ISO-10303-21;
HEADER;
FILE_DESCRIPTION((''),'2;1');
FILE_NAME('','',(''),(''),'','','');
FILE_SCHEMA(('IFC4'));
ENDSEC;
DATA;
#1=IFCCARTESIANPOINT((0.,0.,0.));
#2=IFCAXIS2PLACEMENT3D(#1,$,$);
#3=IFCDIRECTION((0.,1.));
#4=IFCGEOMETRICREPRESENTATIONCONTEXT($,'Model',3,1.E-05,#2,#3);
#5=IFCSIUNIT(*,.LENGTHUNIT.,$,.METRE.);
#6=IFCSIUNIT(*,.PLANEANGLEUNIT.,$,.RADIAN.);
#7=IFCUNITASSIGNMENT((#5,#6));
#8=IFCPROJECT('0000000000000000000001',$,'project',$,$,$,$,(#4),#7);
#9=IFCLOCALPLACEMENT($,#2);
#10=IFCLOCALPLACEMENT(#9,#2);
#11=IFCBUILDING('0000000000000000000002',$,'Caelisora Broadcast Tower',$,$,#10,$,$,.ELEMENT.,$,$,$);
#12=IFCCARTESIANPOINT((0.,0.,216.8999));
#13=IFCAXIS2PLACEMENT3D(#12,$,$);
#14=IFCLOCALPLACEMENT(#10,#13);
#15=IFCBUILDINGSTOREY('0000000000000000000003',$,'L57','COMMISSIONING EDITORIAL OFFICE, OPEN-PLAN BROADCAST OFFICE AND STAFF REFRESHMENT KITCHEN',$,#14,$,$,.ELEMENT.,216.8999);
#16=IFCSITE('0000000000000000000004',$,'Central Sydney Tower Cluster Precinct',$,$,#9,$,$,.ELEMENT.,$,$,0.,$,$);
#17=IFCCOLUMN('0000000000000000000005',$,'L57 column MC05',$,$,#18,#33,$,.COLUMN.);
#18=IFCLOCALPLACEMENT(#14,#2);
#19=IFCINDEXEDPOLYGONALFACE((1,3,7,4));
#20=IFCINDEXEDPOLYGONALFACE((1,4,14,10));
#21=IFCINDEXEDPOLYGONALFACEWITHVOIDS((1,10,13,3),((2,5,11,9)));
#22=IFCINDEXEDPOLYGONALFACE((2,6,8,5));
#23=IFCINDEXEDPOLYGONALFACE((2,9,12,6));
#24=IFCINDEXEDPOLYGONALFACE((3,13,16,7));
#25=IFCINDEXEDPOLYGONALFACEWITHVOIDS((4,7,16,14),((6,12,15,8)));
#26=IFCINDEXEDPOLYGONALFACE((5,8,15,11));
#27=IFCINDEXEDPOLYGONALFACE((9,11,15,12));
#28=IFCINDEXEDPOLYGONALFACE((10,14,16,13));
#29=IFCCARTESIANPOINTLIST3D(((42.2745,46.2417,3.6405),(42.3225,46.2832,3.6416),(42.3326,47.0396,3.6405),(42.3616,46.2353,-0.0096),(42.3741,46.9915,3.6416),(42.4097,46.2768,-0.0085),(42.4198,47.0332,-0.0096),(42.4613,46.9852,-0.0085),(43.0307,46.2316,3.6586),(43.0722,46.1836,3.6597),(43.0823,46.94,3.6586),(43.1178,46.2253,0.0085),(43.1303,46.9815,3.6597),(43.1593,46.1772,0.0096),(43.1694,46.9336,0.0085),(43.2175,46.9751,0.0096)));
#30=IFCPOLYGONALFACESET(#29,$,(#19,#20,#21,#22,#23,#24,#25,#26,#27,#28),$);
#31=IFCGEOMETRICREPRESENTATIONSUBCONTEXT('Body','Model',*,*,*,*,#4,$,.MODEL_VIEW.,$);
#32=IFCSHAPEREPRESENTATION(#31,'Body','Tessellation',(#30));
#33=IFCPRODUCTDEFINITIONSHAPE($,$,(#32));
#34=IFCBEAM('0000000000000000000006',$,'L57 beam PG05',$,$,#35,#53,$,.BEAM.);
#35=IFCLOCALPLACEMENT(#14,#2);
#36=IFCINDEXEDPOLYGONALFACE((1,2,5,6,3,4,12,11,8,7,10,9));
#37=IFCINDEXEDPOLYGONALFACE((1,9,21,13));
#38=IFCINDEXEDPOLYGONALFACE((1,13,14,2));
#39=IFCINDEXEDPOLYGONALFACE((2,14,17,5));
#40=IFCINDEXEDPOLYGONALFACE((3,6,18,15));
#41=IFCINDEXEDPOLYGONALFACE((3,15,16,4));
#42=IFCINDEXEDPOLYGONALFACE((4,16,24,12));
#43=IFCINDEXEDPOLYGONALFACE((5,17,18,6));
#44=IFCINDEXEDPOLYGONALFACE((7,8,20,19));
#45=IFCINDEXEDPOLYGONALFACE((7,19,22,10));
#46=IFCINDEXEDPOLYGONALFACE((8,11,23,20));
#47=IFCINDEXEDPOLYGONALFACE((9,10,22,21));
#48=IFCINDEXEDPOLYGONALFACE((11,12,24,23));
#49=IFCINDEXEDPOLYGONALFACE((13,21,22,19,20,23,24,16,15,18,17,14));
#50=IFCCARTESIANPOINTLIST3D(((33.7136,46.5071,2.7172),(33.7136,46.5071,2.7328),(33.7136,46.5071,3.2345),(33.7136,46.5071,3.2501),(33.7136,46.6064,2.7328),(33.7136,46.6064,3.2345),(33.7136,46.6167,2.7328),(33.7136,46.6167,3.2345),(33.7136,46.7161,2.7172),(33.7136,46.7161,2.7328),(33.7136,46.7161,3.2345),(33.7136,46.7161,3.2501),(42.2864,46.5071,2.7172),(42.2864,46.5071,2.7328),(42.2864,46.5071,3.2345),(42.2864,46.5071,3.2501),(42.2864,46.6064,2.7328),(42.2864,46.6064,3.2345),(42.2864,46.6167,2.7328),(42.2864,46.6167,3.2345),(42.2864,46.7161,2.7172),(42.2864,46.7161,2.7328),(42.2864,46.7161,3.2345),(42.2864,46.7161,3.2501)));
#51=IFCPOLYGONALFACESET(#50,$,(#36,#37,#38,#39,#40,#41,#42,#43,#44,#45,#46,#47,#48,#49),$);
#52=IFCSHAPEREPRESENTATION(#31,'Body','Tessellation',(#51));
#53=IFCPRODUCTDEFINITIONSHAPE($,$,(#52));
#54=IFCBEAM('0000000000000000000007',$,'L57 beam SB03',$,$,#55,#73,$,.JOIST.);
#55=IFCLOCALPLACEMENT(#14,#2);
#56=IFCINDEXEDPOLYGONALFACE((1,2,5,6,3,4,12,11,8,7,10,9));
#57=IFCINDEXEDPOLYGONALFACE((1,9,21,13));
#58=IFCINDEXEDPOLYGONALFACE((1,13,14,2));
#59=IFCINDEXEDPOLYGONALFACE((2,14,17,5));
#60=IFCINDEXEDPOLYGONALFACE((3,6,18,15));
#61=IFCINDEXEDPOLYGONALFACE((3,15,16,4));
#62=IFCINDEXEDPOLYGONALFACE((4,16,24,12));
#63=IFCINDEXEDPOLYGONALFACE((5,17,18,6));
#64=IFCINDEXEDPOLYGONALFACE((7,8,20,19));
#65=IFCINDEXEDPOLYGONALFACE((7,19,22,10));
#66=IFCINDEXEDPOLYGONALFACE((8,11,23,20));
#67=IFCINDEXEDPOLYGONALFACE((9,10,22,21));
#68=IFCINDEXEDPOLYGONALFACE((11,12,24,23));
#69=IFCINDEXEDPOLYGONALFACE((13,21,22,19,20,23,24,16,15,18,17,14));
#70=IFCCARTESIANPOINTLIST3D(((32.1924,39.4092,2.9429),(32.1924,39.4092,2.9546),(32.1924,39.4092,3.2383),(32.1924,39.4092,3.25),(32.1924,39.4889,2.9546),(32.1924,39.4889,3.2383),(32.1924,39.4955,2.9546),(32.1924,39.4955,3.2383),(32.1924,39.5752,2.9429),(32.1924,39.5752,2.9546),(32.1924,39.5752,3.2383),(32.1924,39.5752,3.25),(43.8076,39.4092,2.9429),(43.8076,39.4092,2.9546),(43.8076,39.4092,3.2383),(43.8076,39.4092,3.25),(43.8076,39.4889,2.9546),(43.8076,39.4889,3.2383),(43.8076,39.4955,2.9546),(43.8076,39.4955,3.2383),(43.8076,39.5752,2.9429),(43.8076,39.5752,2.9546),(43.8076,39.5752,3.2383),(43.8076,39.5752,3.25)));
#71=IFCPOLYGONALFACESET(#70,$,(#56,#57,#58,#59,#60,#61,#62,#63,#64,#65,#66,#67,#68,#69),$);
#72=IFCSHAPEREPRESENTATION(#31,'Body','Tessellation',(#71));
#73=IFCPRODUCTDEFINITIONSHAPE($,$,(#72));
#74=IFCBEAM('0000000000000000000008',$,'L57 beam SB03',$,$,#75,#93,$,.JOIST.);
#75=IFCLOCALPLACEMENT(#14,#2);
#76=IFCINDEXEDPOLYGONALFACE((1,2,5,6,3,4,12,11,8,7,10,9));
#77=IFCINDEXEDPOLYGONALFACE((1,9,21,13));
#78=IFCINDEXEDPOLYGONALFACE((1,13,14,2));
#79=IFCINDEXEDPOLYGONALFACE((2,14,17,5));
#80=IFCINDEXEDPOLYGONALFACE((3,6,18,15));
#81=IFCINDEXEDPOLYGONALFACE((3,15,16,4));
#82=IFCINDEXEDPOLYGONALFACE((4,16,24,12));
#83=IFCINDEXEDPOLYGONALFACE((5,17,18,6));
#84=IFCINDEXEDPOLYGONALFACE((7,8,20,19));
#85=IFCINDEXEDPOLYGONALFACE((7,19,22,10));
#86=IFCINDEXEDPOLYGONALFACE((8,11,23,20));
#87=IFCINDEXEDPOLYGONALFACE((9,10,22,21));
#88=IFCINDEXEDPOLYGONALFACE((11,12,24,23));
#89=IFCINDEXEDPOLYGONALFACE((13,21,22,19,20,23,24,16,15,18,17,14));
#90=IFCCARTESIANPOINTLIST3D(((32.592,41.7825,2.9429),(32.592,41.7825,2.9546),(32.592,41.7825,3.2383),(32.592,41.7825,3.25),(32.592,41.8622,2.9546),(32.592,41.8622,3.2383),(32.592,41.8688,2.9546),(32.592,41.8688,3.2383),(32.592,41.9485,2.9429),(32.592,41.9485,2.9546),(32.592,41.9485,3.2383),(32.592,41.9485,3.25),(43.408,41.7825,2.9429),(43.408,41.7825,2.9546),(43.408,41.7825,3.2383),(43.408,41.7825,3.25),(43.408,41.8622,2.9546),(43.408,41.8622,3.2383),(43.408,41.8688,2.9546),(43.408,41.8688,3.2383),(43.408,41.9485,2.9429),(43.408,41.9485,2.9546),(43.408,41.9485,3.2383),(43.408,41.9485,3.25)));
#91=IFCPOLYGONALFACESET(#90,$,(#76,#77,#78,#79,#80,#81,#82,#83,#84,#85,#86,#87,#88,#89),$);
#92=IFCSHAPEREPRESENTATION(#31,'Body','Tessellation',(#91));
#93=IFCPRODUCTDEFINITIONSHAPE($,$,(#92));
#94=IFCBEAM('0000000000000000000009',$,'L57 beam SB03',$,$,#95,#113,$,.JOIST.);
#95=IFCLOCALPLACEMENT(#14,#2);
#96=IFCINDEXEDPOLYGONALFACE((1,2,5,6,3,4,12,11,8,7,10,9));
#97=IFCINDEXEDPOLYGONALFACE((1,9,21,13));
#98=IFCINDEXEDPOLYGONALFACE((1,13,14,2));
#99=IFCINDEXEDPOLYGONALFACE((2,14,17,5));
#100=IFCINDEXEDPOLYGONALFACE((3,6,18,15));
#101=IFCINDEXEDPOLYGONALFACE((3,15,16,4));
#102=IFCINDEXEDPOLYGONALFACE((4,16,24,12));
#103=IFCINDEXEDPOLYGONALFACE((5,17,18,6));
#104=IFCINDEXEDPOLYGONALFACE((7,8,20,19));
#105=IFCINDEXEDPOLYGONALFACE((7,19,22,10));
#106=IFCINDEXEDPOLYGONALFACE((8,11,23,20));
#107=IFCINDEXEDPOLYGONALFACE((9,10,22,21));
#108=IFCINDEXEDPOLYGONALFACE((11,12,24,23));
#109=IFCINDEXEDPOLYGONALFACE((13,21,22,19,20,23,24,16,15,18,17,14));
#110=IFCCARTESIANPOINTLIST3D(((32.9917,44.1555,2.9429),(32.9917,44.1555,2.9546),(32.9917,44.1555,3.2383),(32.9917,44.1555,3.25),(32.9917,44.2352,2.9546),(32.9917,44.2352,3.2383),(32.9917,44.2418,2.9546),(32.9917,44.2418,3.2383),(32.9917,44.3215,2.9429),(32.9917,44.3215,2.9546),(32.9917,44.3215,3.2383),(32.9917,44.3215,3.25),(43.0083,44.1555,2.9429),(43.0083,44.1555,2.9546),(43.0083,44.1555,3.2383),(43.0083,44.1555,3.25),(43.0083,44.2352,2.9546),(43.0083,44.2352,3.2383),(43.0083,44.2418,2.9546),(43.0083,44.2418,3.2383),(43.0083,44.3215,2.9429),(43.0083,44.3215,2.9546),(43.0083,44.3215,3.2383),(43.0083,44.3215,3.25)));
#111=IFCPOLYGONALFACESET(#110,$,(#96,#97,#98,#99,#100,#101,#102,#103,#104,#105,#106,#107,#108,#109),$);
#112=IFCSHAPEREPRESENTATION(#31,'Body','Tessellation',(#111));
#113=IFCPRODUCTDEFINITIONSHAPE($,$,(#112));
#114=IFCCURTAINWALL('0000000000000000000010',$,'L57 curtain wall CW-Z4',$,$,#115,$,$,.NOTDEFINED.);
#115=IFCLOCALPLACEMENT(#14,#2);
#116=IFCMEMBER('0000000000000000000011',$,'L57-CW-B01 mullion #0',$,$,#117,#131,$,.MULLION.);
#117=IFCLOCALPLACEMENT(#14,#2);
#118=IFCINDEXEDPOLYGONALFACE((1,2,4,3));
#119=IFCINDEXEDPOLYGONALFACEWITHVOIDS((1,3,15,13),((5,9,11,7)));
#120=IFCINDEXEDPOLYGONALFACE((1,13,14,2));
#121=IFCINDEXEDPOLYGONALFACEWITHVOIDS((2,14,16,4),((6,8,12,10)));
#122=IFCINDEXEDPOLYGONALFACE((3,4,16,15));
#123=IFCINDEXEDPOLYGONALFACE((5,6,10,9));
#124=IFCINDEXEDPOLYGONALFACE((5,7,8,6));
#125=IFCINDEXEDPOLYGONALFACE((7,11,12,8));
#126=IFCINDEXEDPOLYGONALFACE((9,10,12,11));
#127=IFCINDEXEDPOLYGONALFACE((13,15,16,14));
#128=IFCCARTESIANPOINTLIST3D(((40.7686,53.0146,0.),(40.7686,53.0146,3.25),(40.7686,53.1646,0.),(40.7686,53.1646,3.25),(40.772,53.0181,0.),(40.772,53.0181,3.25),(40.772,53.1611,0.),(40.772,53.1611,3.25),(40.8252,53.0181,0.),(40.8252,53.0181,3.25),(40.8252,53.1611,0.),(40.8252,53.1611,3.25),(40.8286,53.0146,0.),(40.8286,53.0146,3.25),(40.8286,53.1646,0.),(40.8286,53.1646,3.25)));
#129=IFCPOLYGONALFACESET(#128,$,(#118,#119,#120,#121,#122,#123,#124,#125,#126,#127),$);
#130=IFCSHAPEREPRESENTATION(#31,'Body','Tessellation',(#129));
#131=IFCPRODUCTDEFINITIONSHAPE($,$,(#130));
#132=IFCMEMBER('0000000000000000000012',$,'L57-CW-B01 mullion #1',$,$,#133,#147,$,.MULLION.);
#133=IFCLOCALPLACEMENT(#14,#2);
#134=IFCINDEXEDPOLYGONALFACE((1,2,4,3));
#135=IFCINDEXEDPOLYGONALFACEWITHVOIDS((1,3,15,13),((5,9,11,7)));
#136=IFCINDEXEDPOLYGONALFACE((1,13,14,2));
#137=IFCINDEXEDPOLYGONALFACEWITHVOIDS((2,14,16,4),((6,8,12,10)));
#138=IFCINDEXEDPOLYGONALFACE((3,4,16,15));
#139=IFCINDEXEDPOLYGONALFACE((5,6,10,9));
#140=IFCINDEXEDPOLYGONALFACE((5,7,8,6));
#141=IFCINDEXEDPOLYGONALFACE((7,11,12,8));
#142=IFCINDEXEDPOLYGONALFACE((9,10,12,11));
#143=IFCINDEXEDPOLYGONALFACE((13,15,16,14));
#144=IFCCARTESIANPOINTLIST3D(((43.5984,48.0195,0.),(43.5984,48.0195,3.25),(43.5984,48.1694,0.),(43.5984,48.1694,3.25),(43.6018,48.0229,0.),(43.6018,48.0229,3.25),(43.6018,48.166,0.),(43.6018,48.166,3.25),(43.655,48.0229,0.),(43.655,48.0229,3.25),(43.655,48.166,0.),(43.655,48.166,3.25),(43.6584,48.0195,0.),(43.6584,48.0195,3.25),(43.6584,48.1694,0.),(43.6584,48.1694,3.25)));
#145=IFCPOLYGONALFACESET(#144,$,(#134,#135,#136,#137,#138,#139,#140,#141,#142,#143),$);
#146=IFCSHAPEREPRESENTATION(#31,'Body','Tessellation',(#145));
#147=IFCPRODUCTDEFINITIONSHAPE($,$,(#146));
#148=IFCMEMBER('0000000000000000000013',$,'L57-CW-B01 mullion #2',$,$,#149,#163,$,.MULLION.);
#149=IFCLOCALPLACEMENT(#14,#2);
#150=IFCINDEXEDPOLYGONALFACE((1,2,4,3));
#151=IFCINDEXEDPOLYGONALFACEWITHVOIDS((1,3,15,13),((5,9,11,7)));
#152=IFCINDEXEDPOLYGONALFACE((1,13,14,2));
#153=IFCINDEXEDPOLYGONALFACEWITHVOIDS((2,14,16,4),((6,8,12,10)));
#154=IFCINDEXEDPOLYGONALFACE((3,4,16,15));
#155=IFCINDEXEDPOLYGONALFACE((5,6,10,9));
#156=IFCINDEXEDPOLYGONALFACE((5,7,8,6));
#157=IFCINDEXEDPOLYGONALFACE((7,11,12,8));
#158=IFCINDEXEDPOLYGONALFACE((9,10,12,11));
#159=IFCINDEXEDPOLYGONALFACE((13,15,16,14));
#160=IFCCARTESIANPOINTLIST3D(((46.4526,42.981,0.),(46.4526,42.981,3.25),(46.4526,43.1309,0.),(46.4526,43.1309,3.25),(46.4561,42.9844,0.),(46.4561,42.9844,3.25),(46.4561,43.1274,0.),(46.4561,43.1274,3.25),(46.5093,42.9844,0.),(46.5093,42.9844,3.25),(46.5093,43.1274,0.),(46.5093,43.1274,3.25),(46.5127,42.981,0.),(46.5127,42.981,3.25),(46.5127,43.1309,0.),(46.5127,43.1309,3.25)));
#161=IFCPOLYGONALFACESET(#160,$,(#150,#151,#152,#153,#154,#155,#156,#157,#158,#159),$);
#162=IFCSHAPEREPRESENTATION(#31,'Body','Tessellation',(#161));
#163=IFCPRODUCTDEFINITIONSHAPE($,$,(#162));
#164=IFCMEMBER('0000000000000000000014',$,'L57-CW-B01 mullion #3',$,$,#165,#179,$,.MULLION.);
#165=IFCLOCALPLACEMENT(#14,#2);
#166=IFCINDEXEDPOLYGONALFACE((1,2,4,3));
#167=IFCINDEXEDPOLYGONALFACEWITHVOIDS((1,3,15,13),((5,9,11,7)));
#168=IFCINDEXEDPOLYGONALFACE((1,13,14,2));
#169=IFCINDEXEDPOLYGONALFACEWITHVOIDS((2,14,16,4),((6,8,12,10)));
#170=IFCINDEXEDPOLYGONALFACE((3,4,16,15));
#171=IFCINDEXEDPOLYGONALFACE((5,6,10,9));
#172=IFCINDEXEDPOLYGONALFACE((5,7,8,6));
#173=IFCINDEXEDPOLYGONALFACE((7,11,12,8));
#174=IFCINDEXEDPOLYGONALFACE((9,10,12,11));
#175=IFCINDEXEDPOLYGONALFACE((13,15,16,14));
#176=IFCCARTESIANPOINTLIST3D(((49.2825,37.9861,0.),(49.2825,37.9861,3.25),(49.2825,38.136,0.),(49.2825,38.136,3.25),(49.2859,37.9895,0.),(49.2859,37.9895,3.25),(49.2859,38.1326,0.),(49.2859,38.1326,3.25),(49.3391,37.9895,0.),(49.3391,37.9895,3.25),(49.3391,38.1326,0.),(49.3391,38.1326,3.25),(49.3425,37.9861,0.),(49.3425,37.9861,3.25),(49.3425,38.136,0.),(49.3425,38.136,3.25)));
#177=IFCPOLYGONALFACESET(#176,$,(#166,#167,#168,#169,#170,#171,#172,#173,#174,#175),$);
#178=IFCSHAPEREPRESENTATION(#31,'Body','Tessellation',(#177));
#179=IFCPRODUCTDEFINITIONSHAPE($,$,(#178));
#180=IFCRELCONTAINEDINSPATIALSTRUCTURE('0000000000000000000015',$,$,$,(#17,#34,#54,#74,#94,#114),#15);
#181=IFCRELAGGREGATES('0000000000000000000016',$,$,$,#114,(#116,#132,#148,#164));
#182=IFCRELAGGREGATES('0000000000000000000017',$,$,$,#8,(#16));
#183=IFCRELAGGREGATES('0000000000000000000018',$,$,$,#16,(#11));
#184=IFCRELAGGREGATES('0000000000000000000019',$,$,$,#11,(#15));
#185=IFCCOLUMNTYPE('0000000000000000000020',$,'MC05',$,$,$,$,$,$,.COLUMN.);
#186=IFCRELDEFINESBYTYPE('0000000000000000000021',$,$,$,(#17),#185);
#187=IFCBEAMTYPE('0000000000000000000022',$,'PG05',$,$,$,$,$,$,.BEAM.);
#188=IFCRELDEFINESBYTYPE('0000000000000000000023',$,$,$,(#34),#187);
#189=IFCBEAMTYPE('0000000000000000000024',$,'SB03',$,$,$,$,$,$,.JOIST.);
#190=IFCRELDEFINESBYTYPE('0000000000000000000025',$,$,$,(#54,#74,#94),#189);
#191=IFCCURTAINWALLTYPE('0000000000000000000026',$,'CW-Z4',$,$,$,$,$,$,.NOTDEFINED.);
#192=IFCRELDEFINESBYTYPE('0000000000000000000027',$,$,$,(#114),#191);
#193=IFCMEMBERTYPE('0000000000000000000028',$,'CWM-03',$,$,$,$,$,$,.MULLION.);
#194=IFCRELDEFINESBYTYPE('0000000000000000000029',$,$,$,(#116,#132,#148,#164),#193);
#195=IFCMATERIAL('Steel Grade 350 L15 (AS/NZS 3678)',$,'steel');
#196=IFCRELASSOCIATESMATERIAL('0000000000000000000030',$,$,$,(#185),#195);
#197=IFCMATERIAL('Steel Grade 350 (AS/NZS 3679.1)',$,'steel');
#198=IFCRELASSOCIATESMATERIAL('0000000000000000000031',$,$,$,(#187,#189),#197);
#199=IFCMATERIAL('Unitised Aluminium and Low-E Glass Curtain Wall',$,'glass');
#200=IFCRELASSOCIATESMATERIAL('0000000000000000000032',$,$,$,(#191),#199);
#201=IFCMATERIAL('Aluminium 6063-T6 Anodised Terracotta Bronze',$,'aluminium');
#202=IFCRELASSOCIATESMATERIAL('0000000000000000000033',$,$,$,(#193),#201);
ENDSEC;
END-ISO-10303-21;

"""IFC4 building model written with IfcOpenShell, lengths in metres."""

from ifc_helpers import new_model, si_unit, direction, frame, origin, origin_2d, place, context, subcontext, project, spatial, hollow_rectangle, i_section, extrude, source, transform, mapped, material, material_profile, profile_set, type_object, type_shapes, element, aggregate, save


model = new_model("IFC4")

# Units and contexts
model_context = context("Model", 3, precision=1e-05, world=origin(), true_north=direction((0.0, 1.0)))
body_context = subcontext(model_context, "Body", "Model", "MODEL_VIEW")
ifc_project = project(units=[si_unit("LENGTHUNIT", "METRE"), si_unit("PLANEANGLEUNIT", "RADIAN")], contexts=[model_context])

# Site, building, storey
site_placement = place(None, origin())
site = spatial("IfcSite", under=ifc_project, at=site_placement, Name="Central Sydney Tower Cluster Precinct", CompositionType="ELEMENT", RefElevation=0.0)
building_placement = place(site_placement, origin())
building = spatial("IfcBuilding", under=site, at=building_placement, Name="Caelisora Broadcast Tower", CompositionType="ELEMENT")
storey_placement = place(building_placement, frame((0.0, 0.0, 216.8999)))
storey = spatial("IfcBuildingStorey", under=building, at=storey_placement, Name="L57", Description="COMMISSIONING EDITORIAL OFFICE, OPEN-PLAN BROADCAST OFFICE AND STAFF REFRESHMENT KITCHEN", CompositionType="ELEMENT", Elevation=216.8999)

# Column
ifc_material_1 = material(Name="Steel Grade 350 L15 (AS/NZS 3678)", Category="steel")
ifc_material_profile_1 = material_profile(ifc_material_1, hollow_rectangle(XDim=0.8, YDim=0.8, WallThickness=0.0449, at=origin_2d()), Name="Steel Grade 350 L15 (AS/NZS 3678)")
ifc_profile_set_1 = profile_set([ifc_material_profile_1], Name="Steel Grade 350 L15 (AS/NZS 3678)")
column_type = type_object("IfcColumnType", Name="MC05", PredefinedType="COLUMN", material=ifc_profile_set_1)
shared_shape_1 = source(origin(), body_context, "Body", "SweptSolid", [
    extrude(hollow_rectangle(XDim=0.8, YDim=0.8, WallThickness=0.0449, at=origin_2d()), origin(), (0.0, 0.0, 1.0), 3.6511),
])
type_shapes(column_type, [shared_shape_1])
column_placement = place(storey_placement, frame((42.7896, 46.6052, 0.0), z_axis=(-0.023871, 0.001739, 0.999714), x_axis=(-0.072637, -0.997358, 0.0)))
element("IfcColumn", 1, at=column_placement, inside=storey, type_object=column_type, Name="L57 column MC05", PredefinedType="COLUMN", context=body_context, shape_type="MappedRepresentation", body=[
    mapped(shared_shape_1, transform((0.0, 0.0, 0.0), scale=1.0)),
])

# Beams
ifc_material_2 = material(Name="Steel Grade 350 (AS/NZS 3679.1)", Category="steel")
ifc_material_profile_2 = material_profile(ifc_material_2, i_section(OverallWidth=0.209, OverallDepth=0.533, WebThickness=0.0103, FlangeThickness=0.0156, at=origin_2d()), Name="Steel Grade 350 (AS/NZS 3679.1)")
ifc_profile_set_2 = profile_set([ifc_material_profile_2], Name="Steel Grade 350 (AS/NZS 3679.1)")
beam_type_1 = type_object("IfcBeamType", Name="PG05", PredefinedType="BEAM", material=ifc_profile_set_2)
shared_shape_2 = source(origin(), body_context, "Body", "SweptSolid", [
    extrude(i_section(OverallWidth=0.209, OverallDepth=0.533, WebThickness=0.0103, FlangeThickness=0.0156, at=origin_2d()), origin(), (0.0, 0.0, 1.0), 8.5728),
])
type_shapes(beam_type_1, [shared_shape_2])
beam_1_placement = place(storey_placement, frame((42.2864, 46.6116, 2.9836), z_axis=(-1.0, 0.0, 0.0), x_axis=(0.0, -1.0, 0.0)))
element("IfcBeam", 2, at=beam_1_placement, inside=storey, type_object=beam_type_1, Name="L57 beam PG05", PredefinedType="BEAM", context=body_context, shape_type="MappedRepresentation", body=[
    mapped(shared_shape_2, transform((0.0, 0.0, 0.0), scale=1.0)),
])
ifc_material_profile_3 = material_profile(ifc_material_2, i_section(OverallWidth=0.166, OverallDepth=0.3071, WebThickness=0.0066, FlangeThickness=0.0117, at=origin_2d()), Name="Steel Grade 350 (AS/NZS 3679.1)")
ifc_profile_set_3 = profile_set([ifc_material_profile_3], Name="Steel Grade 350 (AS/NZS 3679.1)")
beam_type_2 = type_object("IfcBeamType", Name="SB03", PredefinedType="JOIST", material=ifc_profile_set_3)
shared_shape_3 = source(origin(), body_context, "Body", "SweptSolid", [
    extrude(i_section(OverallWidth=0.166, OverallDepth=0.3071, WebThickness=0.0066, FlangeThickness=0.0117, at=origin_2d()), origin(), (0.0, 0.0, 1.0), 11.6152),
])
beam_2_placement = place(storey_placement, frame((43.8076, 39.4922, 3.0964), z_axis=(-1.0, 0.0, 0.0), x_axis=(0.0, -1.0, 0.0)))
element("IfcBeam", 3, at=beam_2_placement, inside=storey, type_object=beam_type_2, Name="L57 beam SB03", PredefinedType="JOIST", context=body_context, shape_type="MappedRepresentation", body=[
    mapped(shared_shape_3, transform((0.0, 0.0, 0.0), scale=1.0)),
])
shared_shape_4 = source(origin(), body_context, "Body", "SweptSolid", [
    extrude(i_section(OverallWidth=0.166, OverallDepth=0.3071, WebThickness=0.0066, FlangeThickness=0.0117, at=origin_2d()), origin(), (0.0, 0.0, 1.0), 10.8159),
])
beam_3_placement = place(storey_placement, frame((43.408, 41.8655, 3.0964), z_axis=(-1.0, 0.0, 0.0), x_axis=(0.0, -1.0, 0.0)))
element("IfcBeam", 4, at=beam_3_placement, inside=storey, type_object=beam_type_2, Name="L57 beam SB03", PredefinedType="JOIST", context=body_context, shape_type="MappedRepresentation", body=[
    mapped(shared_shape_4, transform((0.0, 0.0, 0.0), scale=1.0)),
])
shared_shape_5 = source(origin(), body_context, "Body", "SweptSolid", [
    extrude(i_section(OverallWidth=0.166, OverallDepth=0.3071, WebThickness=0.0066, FlangeThickness=0.0117, at=origin_2d()), origin(), (0.0, 0.0, 1.0), 10.0166),
])
type_shapes(beam_type_2, [shared_shape_3, shared_shape_4, shared_shape_5])
beam_4_placement = place(storey_placement, frame((43.0083, 44.2385, 3.0964), z_axis=(-1.0, 0.0, 0.0), x_axis=(0.0, -1.0, 0.0)))
element("IfcBeam", 5, at=beam_4_placement, inside=storey, type_object=beam_type_2, Name="L57 beam SB03", PredefinedType="JOIST", context=body_context, shape_type="MappedRepresentation", body=[
    mapped(shared_shape_5, transform((0.0, 0.0, 0.0), scale=1.0)),
])

# Curtain wall, members
ifc_material_3 = material(Name="Unitised Aluminium and Low-E Glass Curtain Wall", Category="glass")
curtain_wall_type_1 = type_object("IfcCurtainWallType", Name="CW-Z4", PredefinedType="NOTDEFINED", material=ifc_material_3)
curtain_wall_1_placement = place(storey_placement, origin())
curtain_wall_1 = element("IfcCurtainWall", 6, at=curtain_wall_1_placement, inside=storey, type_object=curtain_wall_type_1, Name="L57 curtain wall CW-Z4", PredefinedType="NOTDEFINED")
ifc_material_4 = material(Name="Aluminium 6063-T6 Anodised Terracotta Bronze", Category="aluminium")
ifc_material_profile_4 = material_profile(ifc_material_4, hollow_rectangle(XDim=0.0601, YDim=0.1499, WallThickness=0.0034, at=origin_2d()), Name="Aluminium 6063-T6 Anodised Terracotta Bronze")
ifc_profile_set_4 = profile_set([ifc_material_profile_4], Name="Aluminium 6063-T6 Anodised Terracotta Bronze")
member_type_1 = type_object("IfcMemberType", Name="CWM-03", PredefinedType="MULLION", material=ifc_profile_set_4)
shared_shape_6 = source(origin(), body_context, "Body", "SweptSolid", [
    extrude(hollow_rectangle(XDim=0.0601, YDim=0.1499, WallThickness=0.0034, at=origin_2d()), origin(), (0.0, 0.0, 1.0), 3.25),
])
type_shapes(member_type_1, [shared_shape_6])
member_1_placement = place(storey_placement, frame((40.7986, 53.0896, 0.0), z_axis=(0.0, 0.0, 1.0), x_axis=(1.0, 0.0, 0.0)))
member_1 = element("IfcMember", 7, at=member_1_placement, type_object=member_type_1, Name="L57-CW-B01 mullion #0", PredefinedType="MULLION", context=body_context, shape_type="MappedRepresentation", body=[
    mapped(shared_shape_6, transform((0.0, 0.0, 0.0), scale=1.0)),
])
member_2_placement = place(storey_placement, frame((43.6284, 48.0945, 0.0), z_axis=(0.0, 0.0, 1.0), x_axis=(1.0, 0.0, 0.0)))
member_2 = element("IfcMember", 8, at=member_2_placement, type_object=member_type_1, Name="L57-CW-B01 mullion #1", PredefinedType="MULLION", context=body_context, shape_type="MappedRepresentation", body=[
    mapped(shared_shape_6, transform((0.0, 0.0, 0.0), scale=1.0)),
])
member_3_placement = place(storey_placement, frame((46.4827, 43.0559, 0.0), z_axis=(0.0, 0.0, 1.0), x_axis=(1.0, 0.0, 0.0)))
member_3 = element("IfcMember", 9, at=member_3_placement, type_object=member_type_1, Name="L57-CW-B01 mullion #2", PredefinedType="MULLION", context=body_context, shape_type="MappedRepresentation", body=[
    mapped(shared_shape_6, transform((0.0, 0.0, 0.0), scale=1.0)),
])
member_4_placement = place(storey_placement, frame((49.3125, 38.061, 0.0), z_axis=(0.0, 0.0, 1.0), x_axis=(1.0, 0.0, 0.0)))
member_4 = element("IfcMember", 10, at=member_4_placement, type_object=member_type_1, Name="L57-CW-B01 mullion #3", PredefinedType="MULLION", context=body_context, shape_type="MappedRepresentation", body=[
    mapped(shared_shape_6, transform((0.0, 0.0, 0.0), scale=1.0)),
])

aggregate(curtain_wall_1, [member_1, member_2, member_3, member_4])

save(model, "model.ifc")
